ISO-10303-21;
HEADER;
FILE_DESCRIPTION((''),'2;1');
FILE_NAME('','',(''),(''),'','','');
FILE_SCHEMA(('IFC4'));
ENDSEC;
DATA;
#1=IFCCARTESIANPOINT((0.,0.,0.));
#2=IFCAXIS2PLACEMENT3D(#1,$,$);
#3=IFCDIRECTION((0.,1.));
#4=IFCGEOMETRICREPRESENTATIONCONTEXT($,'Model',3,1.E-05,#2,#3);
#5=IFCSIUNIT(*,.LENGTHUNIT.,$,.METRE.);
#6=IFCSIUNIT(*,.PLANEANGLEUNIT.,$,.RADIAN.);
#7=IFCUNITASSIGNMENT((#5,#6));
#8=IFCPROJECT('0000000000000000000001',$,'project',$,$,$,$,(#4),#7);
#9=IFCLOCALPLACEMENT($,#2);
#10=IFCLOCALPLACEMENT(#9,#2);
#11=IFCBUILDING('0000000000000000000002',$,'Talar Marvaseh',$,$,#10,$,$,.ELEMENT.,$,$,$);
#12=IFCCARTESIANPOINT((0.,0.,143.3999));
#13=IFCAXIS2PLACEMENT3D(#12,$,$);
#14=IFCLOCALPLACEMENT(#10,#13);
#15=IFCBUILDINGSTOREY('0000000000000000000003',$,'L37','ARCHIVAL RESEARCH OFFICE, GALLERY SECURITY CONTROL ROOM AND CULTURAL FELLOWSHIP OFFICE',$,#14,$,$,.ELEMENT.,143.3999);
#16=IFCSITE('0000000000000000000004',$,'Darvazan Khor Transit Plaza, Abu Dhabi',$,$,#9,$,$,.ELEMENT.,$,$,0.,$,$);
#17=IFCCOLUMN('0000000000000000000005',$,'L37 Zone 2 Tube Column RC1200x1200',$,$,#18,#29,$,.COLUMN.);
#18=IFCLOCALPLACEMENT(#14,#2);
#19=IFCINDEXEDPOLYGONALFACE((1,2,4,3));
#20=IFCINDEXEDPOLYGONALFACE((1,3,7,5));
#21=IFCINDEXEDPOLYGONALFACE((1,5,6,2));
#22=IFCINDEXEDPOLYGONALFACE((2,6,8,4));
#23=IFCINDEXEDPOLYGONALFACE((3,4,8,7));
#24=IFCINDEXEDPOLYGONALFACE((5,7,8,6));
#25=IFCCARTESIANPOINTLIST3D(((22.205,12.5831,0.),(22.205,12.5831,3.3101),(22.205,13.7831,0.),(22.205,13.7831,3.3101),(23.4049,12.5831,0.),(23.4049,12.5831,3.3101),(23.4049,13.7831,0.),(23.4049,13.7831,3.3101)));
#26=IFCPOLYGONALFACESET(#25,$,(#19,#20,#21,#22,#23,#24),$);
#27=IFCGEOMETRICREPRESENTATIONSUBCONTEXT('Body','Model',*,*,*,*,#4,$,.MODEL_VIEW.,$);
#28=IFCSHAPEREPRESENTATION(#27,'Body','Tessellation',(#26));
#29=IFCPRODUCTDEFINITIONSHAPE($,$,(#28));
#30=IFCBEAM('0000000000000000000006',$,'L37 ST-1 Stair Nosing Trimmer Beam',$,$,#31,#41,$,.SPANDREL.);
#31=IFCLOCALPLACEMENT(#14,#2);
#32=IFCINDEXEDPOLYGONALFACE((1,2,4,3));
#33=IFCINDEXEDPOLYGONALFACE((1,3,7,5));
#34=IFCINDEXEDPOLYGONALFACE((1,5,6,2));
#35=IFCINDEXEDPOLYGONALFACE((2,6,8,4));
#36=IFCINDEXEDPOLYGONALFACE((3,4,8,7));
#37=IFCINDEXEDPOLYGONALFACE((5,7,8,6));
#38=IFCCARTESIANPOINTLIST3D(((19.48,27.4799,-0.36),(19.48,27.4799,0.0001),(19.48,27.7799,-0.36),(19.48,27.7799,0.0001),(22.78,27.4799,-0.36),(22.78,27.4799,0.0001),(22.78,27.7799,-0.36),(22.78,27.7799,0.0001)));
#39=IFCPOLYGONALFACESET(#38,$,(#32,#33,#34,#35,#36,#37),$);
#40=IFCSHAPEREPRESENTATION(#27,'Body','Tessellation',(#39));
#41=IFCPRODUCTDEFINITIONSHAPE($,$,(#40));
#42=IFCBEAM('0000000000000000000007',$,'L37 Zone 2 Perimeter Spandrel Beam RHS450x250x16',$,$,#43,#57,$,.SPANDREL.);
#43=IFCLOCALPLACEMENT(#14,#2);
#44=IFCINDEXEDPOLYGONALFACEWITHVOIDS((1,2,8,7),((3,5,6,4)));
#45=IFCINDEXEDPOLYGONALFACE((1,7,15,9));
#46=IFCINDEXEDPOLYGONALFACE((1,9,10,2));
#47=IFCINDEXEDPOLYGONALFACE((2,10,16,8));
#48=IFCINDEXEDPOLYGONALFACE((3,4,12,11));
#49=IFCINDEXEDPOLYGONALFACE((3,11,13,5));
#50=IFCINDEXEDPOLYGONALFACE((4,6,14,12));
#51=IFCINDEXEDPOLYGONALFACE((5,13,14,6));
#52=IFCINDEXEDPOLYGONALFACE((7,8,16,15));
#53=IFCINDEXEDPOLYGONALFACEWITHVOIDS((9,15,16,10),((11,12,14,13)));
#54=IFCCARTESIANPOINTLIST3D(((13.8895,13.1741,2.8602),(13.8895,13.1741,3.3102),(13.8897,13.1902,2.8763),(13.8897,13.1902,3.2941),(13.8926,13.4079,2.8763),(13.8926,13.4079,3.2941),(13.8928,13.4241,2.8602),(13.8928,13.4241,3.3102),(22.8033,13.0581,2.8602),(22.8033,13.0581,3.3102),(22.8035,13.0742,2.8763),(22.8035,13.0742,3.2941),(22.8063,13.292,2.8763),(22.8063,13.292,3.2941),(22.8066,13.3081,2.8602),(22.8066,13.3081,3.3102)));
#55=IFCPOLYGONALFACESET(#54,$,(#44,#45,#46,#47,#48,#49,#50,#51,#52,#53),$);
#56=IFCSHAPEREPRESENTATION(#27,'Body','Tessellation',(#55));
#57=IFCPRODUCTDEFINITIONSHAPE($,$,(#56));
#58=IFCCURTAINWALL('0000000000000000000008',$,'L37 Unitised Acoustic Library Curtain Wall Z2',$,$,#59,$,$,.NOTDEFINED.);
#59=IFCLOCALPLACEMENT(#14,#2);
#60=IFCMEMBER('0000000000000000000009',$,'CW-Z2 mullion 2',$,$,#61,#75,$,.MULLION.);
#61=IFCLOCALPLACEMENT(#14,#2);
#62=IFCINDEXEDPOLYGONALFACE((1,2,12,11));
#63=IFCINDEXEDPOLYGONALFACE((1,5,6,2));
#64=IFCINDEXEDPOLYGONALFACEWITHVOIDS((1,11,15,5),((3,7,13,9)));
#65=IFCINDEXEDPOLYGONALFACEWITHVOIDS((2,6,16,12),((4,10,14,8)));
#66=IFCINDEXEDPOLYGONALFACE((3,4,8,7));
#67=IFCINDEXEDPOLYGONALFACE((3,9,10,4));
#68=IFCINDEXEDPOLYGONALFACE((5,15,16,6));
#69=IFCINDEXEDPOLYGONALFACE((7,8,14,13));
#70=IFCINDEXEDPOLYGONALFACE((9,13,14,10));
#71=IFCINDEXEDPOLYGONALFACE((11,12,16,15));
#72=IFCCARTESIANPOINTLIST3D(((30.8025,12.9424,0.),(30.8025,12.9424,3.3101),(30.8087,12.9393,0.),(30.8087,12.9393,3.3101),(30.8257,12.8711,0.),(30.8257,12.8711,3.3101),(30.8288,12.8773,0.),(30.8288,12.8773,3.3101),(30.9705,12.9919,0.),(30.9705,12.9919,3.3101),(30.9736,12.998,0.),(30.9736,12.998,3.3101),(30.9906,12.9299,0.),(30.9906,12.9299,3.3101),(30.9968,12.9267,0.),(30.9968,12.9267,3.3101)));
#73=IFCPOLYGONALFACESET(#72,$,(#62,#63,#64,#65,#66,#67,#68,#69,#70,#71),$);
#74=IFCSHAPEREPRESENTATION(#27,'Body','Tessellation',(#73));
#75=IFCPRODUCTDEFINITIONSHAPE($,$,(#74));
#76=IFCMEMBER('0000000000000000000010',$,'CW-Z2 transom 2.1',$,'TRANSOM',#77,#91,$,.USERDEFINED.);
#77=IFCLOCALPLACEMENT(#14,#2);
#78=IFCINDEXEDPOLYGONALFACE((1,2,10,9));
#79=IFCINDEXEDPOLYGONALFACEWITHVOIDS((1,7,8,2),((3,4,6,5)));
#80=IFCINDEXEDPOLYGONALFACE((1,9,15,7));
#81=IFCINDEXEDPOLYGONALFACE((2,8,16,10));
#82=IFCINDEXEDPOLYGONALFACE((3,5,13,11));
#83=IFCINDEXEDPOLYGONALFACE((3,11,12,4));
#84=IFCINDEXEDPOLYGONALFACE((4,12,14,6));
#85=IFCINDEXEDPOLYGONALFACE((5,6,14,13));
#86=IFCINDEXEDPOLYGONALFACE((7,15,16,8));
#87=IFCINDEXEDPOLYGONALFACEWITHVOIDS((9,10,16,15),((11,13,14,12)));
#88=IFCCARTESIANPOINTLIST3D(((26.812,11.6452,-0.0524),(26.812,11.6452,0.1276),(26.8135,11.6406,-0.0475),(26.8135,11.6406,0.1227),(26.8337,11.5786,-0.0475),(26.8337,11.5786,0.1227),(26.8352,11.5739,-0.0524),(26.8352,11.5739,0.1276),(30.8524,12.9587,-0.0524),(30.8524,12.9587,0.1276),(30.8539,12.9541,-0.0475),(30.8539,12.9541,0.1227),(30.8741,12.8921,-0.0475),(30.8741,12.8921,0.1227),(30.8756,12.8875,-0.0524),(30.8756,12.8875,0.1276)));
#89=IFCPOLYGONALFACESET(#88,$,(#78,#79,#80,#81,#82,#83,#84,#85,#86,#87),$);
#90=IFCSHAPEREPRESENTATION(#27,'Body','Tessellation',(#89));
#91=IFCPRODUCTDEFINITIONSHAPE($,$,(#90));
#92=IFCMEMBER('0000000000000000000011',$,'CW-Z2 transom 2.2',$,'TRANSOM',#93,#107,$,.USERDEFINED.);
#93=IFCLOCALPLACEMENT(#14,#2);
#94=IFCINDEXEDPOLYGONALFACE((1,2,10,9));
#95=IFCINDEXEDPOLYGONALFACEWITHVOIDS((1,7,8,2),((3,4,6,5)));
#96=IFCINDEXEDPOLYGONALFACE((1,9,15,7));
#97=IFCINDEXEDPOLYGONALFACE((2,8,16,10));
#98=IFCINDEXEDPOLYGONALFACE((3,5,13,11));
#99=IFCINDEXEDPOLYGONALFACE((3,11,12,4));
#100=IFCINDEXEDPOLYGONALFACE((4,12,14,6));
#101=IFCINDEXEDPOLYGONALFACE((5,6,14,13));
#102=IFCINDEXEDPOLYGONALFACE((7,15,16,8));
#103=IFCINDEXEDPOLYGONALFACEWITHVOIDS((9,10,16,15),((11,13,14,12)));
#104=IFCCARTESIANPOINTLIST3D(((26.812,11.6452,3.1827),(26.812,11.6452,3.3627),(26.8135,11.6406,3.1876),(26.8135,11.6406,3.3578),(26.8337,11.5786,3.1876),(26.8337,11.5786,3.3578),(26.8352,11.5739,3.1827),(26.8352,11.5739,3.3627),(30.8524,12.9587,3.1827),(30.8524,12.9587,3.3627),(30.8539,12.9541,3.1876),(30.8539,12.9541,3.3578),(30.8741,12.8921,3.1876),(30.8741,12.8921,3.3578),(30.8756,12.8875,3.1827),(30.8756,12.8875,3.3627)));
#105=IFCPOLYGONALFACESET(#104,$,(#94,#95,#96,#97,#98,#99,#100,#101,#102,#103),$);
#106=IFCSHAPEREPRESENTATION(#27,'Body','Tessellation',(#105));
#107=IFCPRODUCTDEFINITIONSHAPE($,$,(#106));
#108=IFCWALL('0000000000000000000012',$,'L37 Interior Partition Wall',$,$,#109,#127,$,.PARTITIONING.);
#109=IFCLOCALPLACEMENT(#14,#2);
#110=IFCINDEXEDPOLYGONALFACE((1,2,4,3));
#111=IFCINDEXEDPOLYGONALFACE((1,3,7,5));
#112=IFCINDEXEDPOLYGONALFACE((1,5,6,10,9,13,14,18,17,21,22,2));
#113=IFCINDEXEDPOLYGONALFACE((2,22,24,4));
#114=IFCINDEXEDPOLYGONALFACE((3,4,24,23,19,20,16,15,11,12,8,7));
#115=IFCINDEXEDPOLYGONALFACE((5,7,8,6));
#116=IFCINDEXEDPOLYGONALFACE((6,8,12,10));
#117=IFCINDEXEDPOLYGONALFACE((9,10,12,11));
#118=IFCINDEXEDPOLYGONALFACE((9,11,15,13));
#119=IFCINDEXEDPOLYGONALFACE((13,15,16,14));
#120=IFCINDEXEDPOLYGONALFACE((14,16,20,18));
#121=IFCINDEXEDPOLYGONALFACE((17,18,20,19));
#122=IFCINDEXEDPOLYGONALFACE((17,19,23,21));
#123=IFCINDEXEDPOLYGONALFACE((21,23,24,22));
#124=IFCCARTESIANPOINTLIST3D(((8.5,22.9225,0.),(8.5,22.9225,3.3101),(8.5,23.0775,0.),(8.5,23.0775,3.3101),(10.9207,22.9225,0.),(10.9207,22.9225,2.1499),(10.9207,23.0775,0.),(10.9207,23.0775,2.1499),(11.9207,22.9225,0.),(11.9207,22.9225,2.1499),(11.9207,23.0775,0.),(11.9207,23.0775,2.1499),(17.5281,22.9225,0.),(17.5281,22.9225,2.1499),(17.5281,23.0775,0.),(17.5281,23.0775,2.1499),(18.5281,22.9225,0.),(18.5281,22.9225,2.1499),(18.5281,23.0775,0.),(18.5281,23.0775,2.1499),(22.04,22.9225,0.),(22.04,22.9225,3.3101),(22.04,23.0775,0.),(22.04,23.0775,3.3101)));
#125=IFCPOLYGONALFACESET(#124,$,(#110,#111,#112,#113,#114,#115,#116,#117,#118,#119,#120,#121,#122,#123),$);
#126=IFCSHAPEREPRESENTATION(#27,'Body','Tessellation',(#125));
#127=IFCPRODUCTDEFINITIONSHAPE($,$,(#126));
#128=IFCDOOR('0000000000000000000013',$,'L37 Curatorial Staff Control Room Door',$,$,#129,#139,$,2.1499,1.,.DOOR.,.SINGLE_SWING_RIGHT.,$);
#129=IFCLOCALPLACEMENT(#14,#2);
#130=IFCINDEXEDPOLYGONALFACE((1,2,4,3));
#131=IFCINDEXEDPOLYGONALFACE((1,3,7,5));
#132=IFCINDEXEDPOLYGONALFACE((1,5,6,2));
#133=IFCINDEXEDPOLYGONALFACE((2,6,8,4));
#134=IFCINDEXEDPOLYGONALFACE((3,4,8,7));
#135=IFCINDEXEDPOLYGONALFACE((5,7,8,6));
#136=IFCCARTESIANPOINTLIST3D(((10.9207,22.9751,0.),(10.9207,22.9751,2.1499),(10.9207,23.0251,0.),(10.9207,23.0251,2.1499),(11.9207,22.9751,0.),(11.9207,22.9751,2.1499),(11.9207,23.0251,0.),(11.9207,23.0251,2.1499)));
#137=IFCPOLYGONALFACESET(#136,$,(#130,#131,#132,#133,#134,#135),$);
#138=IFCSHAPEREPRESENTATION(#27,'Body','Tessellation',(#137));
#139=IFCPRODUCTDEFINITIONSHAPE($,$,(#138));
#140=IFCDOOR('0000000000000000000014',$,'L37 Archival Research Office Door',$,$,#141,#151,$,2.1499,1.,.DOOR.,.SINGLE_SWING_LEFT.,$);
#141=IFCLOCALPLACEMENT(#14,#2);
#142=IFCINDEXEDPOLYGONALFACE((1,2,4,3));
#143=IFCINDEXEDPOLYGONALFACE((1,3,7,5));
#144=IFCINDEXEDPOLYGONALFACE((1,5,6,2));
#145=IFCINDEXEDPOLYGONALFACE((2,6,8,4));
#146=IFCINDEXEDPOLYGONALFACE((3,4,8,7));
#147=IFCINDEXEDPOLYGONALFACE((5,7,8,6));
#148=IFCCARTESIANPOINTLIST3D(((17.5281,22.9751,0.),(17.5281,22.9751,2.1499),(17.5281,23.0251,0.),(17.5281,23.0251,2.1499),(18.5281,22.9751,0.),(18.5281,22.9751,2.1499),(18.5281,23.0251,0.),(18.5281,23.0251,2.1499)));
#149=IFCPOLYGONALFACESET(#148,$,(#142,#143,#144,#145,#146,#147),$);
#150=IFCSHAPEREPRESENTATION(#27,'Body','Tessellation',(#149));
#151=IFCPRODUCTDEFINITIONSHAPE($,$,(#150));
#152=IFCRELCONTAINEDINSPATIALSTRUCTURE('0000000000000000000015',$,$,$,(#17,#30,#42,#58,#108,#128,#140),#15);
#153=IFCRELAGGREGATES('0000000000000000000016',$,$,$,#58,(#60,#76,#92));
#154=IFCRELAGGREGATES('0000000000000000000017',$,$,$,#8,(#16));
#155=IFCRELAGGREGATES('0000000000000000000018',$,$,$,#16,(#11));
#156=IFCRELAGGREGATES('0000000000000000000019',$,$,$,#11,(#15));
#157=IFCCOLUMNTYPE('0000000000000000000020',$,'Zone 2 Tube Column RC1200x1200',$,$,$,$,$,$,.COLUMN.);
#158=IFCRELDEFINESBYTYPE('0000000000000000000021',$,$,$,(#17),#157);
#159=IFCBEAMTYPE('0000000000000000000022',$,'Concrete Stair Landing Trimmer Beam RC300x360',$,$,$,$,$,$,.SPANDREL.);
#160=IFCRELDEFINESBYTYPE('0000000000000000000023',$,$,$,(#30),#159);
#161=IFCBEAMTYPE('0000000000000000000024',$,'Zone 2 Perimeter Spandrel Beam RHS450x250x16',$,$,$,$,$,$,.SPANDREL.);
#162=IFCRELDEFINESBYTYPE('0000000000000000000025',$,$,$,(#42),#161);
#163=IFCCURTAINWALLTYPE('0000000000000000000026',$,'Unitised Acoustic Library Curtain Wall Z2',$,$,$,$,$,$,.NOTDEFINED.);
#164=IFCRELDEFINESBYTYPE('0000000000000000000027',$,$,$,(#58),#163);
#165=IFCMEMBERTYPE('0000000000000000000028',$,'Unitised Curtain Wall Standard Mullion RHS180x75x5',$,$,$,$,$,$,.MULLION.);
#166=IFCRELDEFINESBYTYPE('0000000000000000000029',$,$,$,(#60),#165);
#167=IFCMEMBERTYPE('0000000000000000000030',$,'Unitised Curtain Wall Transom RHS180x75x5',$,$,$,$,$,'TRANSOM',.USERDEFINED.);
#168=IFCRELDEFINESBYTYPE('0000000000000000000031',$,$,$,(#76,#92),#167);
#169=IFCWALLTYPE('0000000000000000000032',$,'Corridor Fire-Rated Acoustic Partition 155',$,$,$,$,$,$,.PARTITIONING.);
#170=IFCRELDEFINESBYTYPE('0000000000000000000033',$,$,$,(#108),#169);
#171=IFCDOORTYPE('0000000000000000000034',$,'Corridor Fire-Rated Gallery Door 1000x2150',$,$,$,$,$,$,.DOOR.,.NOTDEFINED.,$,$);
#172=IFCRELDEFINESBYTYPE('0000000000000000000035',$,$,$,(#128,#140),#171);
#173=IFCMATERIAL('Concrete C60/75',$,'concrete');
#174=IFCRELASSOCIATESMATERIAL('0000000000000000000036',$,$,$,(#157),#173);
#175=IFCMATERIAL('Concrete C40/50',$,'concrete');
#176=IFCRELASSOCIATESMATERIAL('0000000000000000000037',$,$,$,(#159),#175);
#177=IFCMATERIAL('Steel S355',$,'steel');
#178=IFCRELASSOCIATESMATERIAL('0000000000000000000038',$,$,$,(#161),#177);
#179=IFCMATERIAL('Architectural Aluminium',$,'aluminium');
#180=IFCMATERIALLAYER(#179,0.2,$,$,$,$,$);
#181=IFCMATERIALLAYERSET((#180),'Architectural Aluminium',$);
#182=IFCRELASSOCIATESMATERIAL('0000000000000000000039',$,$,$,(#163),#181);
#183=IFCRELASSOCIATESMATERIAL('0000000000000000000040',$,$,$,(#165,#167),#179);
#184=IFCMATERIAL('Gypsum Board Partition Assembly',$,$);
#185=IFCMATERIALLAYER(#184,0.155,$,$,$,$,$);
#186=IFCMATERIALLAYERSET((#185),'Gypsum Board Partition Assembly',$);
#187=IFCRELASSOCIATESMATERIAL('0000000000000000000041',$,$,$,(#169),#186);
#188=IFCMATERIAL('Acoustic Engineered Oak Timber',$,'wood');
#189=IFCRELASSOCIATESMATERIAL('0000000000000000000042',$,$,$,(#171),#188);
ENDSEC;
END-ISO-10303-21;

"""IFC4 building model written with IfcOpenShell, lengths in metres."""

from ifc_helpers import new_model, si_unit, direction, frame, frame_2d, origin, origin_2d, place, context, subcontext, project, spatial, rectangle, hollow_rectangle, extrude, source, transform, mapped, material, layer, layer_set, material_profile, profile_set, type_object, type_shapes, element, fill, aggregate, save


model = new_model("IFC4")

# Units and contexts
model_context = context("Model", 3, precision=1e-05, world=origin(), true_north=direction((0.0, 1.0)))
body_context = subcontext(model_context, "Body", "Model", "MODEL_VIEW")
ifc_project = project(units=[si_unit("LENGTHUNIT", "METRE"), si_unit("PLANEANGLEUNIT", "RADIAN")], contexts=[model_context])

# Site, building, storey
site_placement = place(None, origin())
site = spatial("IfcSite", under=ifc_project, at=site_placement, Name="Darvazan Khor Transit Plaza, Abu Dhabi", CompositionType="ELEMENT", RefElevation=0.0)
building_placement = place(site_placement, origin())
building = spatial("IfcBuilding", under=site, at=building_placement, Name="Talar Marvaseh", CompositionType="ELEMENT")
storey_placement = place(building_placement, frame((0.0, 0.0, 143.3999)))
storey = spatial("IfcBuildingStorey", under=building, at=storey_placement, Name="L37", Description="ARCHIVAL RESEARCH OFFICE, GALLERY SECURITY CONTROL ROOM AND CULTURAL FELLOWSHIP OFFICE", CompositionType="ELEMENT", Elevation=143.3999)

# Column
ifc_material_1 = material(Name="Concrete C60/75", Category="concrete")
ifc_material_profile_1 = material_profile(ifc_material_1, rectangle(XDim=1.2, YDim=1.2, at=origin_2d()), Name="RC1200x1200")
ifc_profile_set_1 = profile_set([ifc_material_profile_1], Name="Concrete C60/75")
column_type = type_object("IfcColumnType", Name="Zone 2 Tube Column RC1200x1200", PredefinedType="COLUMN", material=ifc_profile_set_1)
column_placement = place(storey_placement, frame((22.8049, 13.1831, 0.0), z_axis=(0.0, 0.0, 1.0), x_axis=(1.0, 0.0, 0.0)))
element("IfcColumn", 1, at=column_placement, inside=storey, type_object=column_type, Name="L37 Zone 2 Tube Column RC1200x1200", PredefinedType="COLUMN", context=body_context, shape_type="SweptSolid", body=[
    extrude(rectangle(XDim=1.2, YDim=1.2, at=origin_2d()), origin(), (0.0, 0.0, 1.0), 3.3101),
])

# Beams
ifc_material_2 = material(Name="Concrete C40/50", Category="concrete")
ifc_material_profile_2 = material_profile(ifc_material_2, rectangle(XDim=0.3, YDim=0.3601, at=origin_2d()), Name="RC300x360")
ifc_profile_set_2 = profile_set([ifc_material_profile_2], Name="Concrete C40/50")
beam_type_1 = type_object("IfcBeamType", Name="Concrete Stair Landing Trimmer Beam RC300x360", PredefinedType="SPANDREL", material=ifc_profile_set_2)
beam_1_placement = place(storey_placement, frame((22.78, 27.6299, -0.1799), z_axis=(-1.0, 0.0, 0.0), x_axis=(0.0, -1.0, 0.0)))
element("IfcBeam", 2, at=beam_1_placement, inside=storey, type_object=beam_type_1, Name="L37 ST-1 Stair Nosing Trimmer Beam", PredefinedType="SPANDREL", context=body_context, shape_type="SweptSolid", body=[
    extrude(rectangle(XDim=0.3, YDim=0.3601, at=origin_2d()), origin(), (0.0, 0.0, 1.0), 3.3),
])
ifc_material_3 = material(Name="Steel S355", Category="steel")
ifc_material_profile_3 = material_profile(ifc_material_3, hollow_rectangle(XDim=0.25, YDim=0.45, WallThickness=0.0161, at=origin_2d()), Name="RHS450x250x16")
ifc_profile_set_3 = profile_set([ifc_material_profile_3], Name="Steel S355")
beam_type_2 = type_object("IfcBeamType", Name="Zone 2 Perimeter Spandrel Beam RHS450x250x16", PredefinedType="SPANDREL", material=ifc_profile_set_3)
beam_2_placement = place(storey_placement, frame((22.8049, 13.1831, 3.0852), z_axis=(-0.999915, 0.013009, 0.0), x_axis=(-0.013009, -0.999915, 0.0)))
element("IfcBeam", 3, at=beam_2_placement, inside=storey, type_object=beam_type_2, Name="L37 Zone 2 Perimeter Spandrel Beam RHS450x250x16", PredefinedType="SPANDREL", context=body_context, shape_type="SweptSolid", body=[
    extrude(hollow_rectangle(XDim=0.25, YDim=0.45, WallThickness=0.0161, at=origin_2d()), origin(), (0.0, 0.0, 1.0), 8.9146),
])

# Curtain wall, members
ifc_material_4 = material(Name="Architectural Aluminium", Category="aluminium")
ifc_layer_1 = layer(ifc_material_4, 0.2)
ifc_layer_set_1 = layer_set([ifc_layer_1], Name="Architectural Aluminium")
curtain_wall_type = type_object("IfcCurtainWallType", Name="Unitised Acoustic Library Curtain Wall Z2", PredefinedType="NOTDEFINED", material=ifc_layer_set_1)
curtain_wall_placement = place(storey_placement, origin())
curtain_wall = element("IfcCurtainWall", 4, at=curtain_wall_placement, inside=storey, type_object=curtain_wall_type, Name="L37 Unitised Acoustic Library Curtain Wall Z2", PredefinedType="NOTDEFINED")
ifc_material_profile_4 = material_profile(ifc_material_4, hollow_rectangle(XDim=0.075, YDim=0.1799, WallThickness=0.0049, at=origin_2d()), Name="RHS180x75x5")
ifc_profile_set_4 = profile_set([ifc_material_profile_4], Name="Architectural Aluminium")
member_type_1 = type_object("IfcMemberType", Name="Unitised Curtain Wall Standard Mullion RHS180x75x5", PredefinedType="MULLION", material=ifc_profile_set_4)
shared_shape_1 = source(origin(), body_context, "Body", "SweptSolid", [
    extrude(hollow_rectangle(XDim=0.075, YDim=0.1799, WallThickness=0.0049, at=origin_2d()), origin(), (0.0, 0.0, 1.0), 3.3101),
])
type_shapes(member_type_1, [shared_shape_1])
member_1_placement = place(storey_placement, frame((30.8997, 12.9346, 0.0), z_axis=(0.0, 0.0, 1.0), x_axis=(0.309164, -0.951009, 0.0)))
member_1 = element("IfcMember", 5, at=member_1_placement, type_object=member_type_1, Name="CW-Z2 mullion 2", PredefinedType="MULLION", context=body_context, shape_type="MappedRepresentation", body=[
    mapped(shared_shape_1, transform((0.0, 0.0, 0.0), x_axis=(1.0, 0.0, 0.0), y_axis=(0.0, 1.0, 0.0), z_axis=(0.0, 0.0, 1.0), scale=1.0)),
])
ifc_material_profile_5 = material_profile(ifc_material_4, hollow_rectangle(XDim=0.075, YDim=0.1799, WallThickness=0.0049, at=origin_2d()), Name="RHS180x75x5")
ifc_profile_set_5 = profile_set([ifc_material_profile_5], Name="Architectural Aluminium")
member_type_2 = type_object("IfcMemberType", Name="Unitised Curtain Wall Transom RHS180x75x5", ElementType="TRANSOM", PredefinedType="USERDEFINED", material=ifc_profile_set_5)
shared_shape_2 = source(origin(), body_context, "Body", "SweptSolid", [
    extrude(hollow_rectangle(XDim=0.075, YDim=0.1799, WallThickness=0.0049, at=origin_2d()), origin(), (0.0, 0.0, 1.0), 4.2485),
])
type_shapes(member_type_2, [shared_shape_2])
member_2_placement = place(storey_placement, frame((30.864, 12.9231, 0.0376), z_axis=(-0.951007, -0.309168, 0.0), x_axis=(0.309168, -0.951007, 0.0)))
member_2 = element("IfcMember", 6, at=member_2_placement, type_object=member_type_2, Name="CW-Z2 transom 2.1", ObjectType="TRANSOM", PredefinedType="USERDEFINED", context=body_context, shape_type="MappedRepresentation", body=[
    mapped(shared_shape_2, transform((0.0, 0.0, 0.0), x_axis=(1.0, 0.0, 0.0), y_axis=(0.0, 1.0, 0.0), z_axis=(0.0, 0.0, 1.0), scale=1.0)),
])
member_3_placement = place(storey_placement, frame((30.864, 12.9231, 3.2727), z_axis=(-0.951007, -0.309168, 0.0), x_axis=(0.309168, -0.951007, 0.0)))
member_3 = element("IfcMember", 7, at=member_3_placement, type_object=member_type_2, Name="CW-Z2 transom 2.2", ObjectType="TRANSOM", PredefinedType="USERDEFINED", context=body_context, shape_type="MappedRepresentation", body=[
    mapped(shared_shape_2, transform((0.0, 0.0, 0.0), x_axis=(1.0, 0.0, 0.0), y_axis=(0.0, 1.0, 0.0), z_axis=(0.0, 0.0, 1.0), scale=1.0)),
])
aggregate(curtain_wall, [member_1, member_2, member_3])

# Wall, openings, doors
ifc_material_5 = material(Name="Gypsum Board Partition Assembly")
ifc_layer_2 = layer(ifc_material_5, 0.155)
ifc_layer_set_2 = layer_set([ifc_layer_2], Name="Gypsum Board Partition Assembly")
wall_type_1 = type_object("IfcWallType", Name="Corridor Fire-Rated Acoustic Partition 155", PredefinedType="PARTITIONING", material=ifc_layer_set_2)
wall_1_placement = place(storey_placement, frame((22.04, 23.0, 0.0), z_axis=(0.0, 0.0, 1.0), x_axis=(-1.0, 0.0, 0.0)))
wall_1 = element("IfcWall", 8, at=wall_1_placement, inside=storey, type_object=wall_type_1, Name="L37 Interior Partition Wall", PredefinedType="PARTITIONING", context=body_context, shape_type="SweptSolid", body=[
    extrude(rectangle(XDim=13.54, YDim=0.155, at=frame_2d((6.77, 0.0))), origin(), (0.0, 0.0, 1.0), 3.3101),
])
opening_1_placement = place(wall_1_placement, frame((10.1194, 0.0, 0.0)))
opening_1 = element("IfcOpeningElement", 9, at=opening_1_placement, cuts=wall_1, PredefinedType="OPENING", context=body_context, shape_type="SweptSolid", body=[
    extrude(rectangle(XDim=1.0, YDim=2.1499, at=frame_2d((0.5, 1.075))), frame((0.0, 0.0874, 0.0), z_axis=(0.0, -1.0, 0.0), x_axis=(1.0, 0.0, 0.0)), (0.0, 0.0, 1.0), 0.175),
])
opening_2_placement = place(wall_1_placement, frame((3.512, 0.0, 0.0)))
opening_2 = element("IfcOpeningElement", 10, at=opening_2_placement, cuts=wall_1, PredefinedType="OPENING", context=body_context, shape_type="SweptSolid", body=[
    extrude(rectangle(XDim=1.0, YDim=2.1499, at=frame_2d((0.5, 1.075))), frame((0.0, 0.0874, 0.0), z_axis=(0.0, -1.0, 0.0), x_axis=(1.0, 0.0, 0.0)), (0.0, 0.0, 1.0), 0.175),
])
ifc_material_6 = material(Name="Acoustic Engineered Oak Timber", Category="wood")
door_type_1 = type_object("IfcDoorType", Name="Corridor Fire-Rated Gallery Door 1000x2150", OperationType="NOTDEFINED", PredefinedType="DOOR", material=ifc_material_6)
shared_shape_3 = source(origin(), body_context, "Body", "SweptSolid", [
    extrude(rectangle(XDim=1.0, YDim=2.1499, at=frame_2d((0.5, 1.075))), frame((0.0, 0.0249, 0.0), z_axis=(0.0, -1.0, 0.0), x_axis=(1.0, 0.0, 0.0)), (0.0, 0.0, 1.0), 0.05),
])
type_shapes(door_type_1, [shared_shape_3])
door_1_placement = place(opening_1_placement, origin())
door_1 = element("IfcDoor", 11, at=door_1_placement, inside=storey, type_object=door_type_1, Name="L37 Curatorial Staff Control Room Door", OperationType="SINGLE_SWING_RIGHT", OverallHeight=2.1499, OverallWidth=1.0, PredefinedType="DOOR", context=body_context, shape_type="MappedRepresentation", body=[
    mapped(shared_shape_3, transform((0.0, 0.0, 0.0), x_axis=(1.0, 0.0, 0.0), y_axis=(0.0, 1.0, 0.0), z_axis=(0.0, 0.0, 1.0), scale=1.0)),
])
fill(opening_1, door_1)
door_2_placement = place(opening_2_placement, origin())
door_2 = element("IfcDoor", 12, at=door_2_placement, inside=storey, type_object=door_type_1, Name="L37 Archival Research Office Door", OperationType="SINGLE_SWING_LEFT", OverallHeight=2.1499, OverallWidth=1.0, PredefinedType="DOOR", context=body_context, shape_type="MappedRepresentation", body=[
    mapped(shared_shape_3, transform((0.0, 0.0, 0.0), x_axis=(1.0, 0.0, 0.0), y_axis=(0.0, 1.0, 0.0), z_axis=(0.0, 0.0, 1.0), scale=1.0)),
])
fill(opening_2, door_2)

save(model, "model.ifc")
